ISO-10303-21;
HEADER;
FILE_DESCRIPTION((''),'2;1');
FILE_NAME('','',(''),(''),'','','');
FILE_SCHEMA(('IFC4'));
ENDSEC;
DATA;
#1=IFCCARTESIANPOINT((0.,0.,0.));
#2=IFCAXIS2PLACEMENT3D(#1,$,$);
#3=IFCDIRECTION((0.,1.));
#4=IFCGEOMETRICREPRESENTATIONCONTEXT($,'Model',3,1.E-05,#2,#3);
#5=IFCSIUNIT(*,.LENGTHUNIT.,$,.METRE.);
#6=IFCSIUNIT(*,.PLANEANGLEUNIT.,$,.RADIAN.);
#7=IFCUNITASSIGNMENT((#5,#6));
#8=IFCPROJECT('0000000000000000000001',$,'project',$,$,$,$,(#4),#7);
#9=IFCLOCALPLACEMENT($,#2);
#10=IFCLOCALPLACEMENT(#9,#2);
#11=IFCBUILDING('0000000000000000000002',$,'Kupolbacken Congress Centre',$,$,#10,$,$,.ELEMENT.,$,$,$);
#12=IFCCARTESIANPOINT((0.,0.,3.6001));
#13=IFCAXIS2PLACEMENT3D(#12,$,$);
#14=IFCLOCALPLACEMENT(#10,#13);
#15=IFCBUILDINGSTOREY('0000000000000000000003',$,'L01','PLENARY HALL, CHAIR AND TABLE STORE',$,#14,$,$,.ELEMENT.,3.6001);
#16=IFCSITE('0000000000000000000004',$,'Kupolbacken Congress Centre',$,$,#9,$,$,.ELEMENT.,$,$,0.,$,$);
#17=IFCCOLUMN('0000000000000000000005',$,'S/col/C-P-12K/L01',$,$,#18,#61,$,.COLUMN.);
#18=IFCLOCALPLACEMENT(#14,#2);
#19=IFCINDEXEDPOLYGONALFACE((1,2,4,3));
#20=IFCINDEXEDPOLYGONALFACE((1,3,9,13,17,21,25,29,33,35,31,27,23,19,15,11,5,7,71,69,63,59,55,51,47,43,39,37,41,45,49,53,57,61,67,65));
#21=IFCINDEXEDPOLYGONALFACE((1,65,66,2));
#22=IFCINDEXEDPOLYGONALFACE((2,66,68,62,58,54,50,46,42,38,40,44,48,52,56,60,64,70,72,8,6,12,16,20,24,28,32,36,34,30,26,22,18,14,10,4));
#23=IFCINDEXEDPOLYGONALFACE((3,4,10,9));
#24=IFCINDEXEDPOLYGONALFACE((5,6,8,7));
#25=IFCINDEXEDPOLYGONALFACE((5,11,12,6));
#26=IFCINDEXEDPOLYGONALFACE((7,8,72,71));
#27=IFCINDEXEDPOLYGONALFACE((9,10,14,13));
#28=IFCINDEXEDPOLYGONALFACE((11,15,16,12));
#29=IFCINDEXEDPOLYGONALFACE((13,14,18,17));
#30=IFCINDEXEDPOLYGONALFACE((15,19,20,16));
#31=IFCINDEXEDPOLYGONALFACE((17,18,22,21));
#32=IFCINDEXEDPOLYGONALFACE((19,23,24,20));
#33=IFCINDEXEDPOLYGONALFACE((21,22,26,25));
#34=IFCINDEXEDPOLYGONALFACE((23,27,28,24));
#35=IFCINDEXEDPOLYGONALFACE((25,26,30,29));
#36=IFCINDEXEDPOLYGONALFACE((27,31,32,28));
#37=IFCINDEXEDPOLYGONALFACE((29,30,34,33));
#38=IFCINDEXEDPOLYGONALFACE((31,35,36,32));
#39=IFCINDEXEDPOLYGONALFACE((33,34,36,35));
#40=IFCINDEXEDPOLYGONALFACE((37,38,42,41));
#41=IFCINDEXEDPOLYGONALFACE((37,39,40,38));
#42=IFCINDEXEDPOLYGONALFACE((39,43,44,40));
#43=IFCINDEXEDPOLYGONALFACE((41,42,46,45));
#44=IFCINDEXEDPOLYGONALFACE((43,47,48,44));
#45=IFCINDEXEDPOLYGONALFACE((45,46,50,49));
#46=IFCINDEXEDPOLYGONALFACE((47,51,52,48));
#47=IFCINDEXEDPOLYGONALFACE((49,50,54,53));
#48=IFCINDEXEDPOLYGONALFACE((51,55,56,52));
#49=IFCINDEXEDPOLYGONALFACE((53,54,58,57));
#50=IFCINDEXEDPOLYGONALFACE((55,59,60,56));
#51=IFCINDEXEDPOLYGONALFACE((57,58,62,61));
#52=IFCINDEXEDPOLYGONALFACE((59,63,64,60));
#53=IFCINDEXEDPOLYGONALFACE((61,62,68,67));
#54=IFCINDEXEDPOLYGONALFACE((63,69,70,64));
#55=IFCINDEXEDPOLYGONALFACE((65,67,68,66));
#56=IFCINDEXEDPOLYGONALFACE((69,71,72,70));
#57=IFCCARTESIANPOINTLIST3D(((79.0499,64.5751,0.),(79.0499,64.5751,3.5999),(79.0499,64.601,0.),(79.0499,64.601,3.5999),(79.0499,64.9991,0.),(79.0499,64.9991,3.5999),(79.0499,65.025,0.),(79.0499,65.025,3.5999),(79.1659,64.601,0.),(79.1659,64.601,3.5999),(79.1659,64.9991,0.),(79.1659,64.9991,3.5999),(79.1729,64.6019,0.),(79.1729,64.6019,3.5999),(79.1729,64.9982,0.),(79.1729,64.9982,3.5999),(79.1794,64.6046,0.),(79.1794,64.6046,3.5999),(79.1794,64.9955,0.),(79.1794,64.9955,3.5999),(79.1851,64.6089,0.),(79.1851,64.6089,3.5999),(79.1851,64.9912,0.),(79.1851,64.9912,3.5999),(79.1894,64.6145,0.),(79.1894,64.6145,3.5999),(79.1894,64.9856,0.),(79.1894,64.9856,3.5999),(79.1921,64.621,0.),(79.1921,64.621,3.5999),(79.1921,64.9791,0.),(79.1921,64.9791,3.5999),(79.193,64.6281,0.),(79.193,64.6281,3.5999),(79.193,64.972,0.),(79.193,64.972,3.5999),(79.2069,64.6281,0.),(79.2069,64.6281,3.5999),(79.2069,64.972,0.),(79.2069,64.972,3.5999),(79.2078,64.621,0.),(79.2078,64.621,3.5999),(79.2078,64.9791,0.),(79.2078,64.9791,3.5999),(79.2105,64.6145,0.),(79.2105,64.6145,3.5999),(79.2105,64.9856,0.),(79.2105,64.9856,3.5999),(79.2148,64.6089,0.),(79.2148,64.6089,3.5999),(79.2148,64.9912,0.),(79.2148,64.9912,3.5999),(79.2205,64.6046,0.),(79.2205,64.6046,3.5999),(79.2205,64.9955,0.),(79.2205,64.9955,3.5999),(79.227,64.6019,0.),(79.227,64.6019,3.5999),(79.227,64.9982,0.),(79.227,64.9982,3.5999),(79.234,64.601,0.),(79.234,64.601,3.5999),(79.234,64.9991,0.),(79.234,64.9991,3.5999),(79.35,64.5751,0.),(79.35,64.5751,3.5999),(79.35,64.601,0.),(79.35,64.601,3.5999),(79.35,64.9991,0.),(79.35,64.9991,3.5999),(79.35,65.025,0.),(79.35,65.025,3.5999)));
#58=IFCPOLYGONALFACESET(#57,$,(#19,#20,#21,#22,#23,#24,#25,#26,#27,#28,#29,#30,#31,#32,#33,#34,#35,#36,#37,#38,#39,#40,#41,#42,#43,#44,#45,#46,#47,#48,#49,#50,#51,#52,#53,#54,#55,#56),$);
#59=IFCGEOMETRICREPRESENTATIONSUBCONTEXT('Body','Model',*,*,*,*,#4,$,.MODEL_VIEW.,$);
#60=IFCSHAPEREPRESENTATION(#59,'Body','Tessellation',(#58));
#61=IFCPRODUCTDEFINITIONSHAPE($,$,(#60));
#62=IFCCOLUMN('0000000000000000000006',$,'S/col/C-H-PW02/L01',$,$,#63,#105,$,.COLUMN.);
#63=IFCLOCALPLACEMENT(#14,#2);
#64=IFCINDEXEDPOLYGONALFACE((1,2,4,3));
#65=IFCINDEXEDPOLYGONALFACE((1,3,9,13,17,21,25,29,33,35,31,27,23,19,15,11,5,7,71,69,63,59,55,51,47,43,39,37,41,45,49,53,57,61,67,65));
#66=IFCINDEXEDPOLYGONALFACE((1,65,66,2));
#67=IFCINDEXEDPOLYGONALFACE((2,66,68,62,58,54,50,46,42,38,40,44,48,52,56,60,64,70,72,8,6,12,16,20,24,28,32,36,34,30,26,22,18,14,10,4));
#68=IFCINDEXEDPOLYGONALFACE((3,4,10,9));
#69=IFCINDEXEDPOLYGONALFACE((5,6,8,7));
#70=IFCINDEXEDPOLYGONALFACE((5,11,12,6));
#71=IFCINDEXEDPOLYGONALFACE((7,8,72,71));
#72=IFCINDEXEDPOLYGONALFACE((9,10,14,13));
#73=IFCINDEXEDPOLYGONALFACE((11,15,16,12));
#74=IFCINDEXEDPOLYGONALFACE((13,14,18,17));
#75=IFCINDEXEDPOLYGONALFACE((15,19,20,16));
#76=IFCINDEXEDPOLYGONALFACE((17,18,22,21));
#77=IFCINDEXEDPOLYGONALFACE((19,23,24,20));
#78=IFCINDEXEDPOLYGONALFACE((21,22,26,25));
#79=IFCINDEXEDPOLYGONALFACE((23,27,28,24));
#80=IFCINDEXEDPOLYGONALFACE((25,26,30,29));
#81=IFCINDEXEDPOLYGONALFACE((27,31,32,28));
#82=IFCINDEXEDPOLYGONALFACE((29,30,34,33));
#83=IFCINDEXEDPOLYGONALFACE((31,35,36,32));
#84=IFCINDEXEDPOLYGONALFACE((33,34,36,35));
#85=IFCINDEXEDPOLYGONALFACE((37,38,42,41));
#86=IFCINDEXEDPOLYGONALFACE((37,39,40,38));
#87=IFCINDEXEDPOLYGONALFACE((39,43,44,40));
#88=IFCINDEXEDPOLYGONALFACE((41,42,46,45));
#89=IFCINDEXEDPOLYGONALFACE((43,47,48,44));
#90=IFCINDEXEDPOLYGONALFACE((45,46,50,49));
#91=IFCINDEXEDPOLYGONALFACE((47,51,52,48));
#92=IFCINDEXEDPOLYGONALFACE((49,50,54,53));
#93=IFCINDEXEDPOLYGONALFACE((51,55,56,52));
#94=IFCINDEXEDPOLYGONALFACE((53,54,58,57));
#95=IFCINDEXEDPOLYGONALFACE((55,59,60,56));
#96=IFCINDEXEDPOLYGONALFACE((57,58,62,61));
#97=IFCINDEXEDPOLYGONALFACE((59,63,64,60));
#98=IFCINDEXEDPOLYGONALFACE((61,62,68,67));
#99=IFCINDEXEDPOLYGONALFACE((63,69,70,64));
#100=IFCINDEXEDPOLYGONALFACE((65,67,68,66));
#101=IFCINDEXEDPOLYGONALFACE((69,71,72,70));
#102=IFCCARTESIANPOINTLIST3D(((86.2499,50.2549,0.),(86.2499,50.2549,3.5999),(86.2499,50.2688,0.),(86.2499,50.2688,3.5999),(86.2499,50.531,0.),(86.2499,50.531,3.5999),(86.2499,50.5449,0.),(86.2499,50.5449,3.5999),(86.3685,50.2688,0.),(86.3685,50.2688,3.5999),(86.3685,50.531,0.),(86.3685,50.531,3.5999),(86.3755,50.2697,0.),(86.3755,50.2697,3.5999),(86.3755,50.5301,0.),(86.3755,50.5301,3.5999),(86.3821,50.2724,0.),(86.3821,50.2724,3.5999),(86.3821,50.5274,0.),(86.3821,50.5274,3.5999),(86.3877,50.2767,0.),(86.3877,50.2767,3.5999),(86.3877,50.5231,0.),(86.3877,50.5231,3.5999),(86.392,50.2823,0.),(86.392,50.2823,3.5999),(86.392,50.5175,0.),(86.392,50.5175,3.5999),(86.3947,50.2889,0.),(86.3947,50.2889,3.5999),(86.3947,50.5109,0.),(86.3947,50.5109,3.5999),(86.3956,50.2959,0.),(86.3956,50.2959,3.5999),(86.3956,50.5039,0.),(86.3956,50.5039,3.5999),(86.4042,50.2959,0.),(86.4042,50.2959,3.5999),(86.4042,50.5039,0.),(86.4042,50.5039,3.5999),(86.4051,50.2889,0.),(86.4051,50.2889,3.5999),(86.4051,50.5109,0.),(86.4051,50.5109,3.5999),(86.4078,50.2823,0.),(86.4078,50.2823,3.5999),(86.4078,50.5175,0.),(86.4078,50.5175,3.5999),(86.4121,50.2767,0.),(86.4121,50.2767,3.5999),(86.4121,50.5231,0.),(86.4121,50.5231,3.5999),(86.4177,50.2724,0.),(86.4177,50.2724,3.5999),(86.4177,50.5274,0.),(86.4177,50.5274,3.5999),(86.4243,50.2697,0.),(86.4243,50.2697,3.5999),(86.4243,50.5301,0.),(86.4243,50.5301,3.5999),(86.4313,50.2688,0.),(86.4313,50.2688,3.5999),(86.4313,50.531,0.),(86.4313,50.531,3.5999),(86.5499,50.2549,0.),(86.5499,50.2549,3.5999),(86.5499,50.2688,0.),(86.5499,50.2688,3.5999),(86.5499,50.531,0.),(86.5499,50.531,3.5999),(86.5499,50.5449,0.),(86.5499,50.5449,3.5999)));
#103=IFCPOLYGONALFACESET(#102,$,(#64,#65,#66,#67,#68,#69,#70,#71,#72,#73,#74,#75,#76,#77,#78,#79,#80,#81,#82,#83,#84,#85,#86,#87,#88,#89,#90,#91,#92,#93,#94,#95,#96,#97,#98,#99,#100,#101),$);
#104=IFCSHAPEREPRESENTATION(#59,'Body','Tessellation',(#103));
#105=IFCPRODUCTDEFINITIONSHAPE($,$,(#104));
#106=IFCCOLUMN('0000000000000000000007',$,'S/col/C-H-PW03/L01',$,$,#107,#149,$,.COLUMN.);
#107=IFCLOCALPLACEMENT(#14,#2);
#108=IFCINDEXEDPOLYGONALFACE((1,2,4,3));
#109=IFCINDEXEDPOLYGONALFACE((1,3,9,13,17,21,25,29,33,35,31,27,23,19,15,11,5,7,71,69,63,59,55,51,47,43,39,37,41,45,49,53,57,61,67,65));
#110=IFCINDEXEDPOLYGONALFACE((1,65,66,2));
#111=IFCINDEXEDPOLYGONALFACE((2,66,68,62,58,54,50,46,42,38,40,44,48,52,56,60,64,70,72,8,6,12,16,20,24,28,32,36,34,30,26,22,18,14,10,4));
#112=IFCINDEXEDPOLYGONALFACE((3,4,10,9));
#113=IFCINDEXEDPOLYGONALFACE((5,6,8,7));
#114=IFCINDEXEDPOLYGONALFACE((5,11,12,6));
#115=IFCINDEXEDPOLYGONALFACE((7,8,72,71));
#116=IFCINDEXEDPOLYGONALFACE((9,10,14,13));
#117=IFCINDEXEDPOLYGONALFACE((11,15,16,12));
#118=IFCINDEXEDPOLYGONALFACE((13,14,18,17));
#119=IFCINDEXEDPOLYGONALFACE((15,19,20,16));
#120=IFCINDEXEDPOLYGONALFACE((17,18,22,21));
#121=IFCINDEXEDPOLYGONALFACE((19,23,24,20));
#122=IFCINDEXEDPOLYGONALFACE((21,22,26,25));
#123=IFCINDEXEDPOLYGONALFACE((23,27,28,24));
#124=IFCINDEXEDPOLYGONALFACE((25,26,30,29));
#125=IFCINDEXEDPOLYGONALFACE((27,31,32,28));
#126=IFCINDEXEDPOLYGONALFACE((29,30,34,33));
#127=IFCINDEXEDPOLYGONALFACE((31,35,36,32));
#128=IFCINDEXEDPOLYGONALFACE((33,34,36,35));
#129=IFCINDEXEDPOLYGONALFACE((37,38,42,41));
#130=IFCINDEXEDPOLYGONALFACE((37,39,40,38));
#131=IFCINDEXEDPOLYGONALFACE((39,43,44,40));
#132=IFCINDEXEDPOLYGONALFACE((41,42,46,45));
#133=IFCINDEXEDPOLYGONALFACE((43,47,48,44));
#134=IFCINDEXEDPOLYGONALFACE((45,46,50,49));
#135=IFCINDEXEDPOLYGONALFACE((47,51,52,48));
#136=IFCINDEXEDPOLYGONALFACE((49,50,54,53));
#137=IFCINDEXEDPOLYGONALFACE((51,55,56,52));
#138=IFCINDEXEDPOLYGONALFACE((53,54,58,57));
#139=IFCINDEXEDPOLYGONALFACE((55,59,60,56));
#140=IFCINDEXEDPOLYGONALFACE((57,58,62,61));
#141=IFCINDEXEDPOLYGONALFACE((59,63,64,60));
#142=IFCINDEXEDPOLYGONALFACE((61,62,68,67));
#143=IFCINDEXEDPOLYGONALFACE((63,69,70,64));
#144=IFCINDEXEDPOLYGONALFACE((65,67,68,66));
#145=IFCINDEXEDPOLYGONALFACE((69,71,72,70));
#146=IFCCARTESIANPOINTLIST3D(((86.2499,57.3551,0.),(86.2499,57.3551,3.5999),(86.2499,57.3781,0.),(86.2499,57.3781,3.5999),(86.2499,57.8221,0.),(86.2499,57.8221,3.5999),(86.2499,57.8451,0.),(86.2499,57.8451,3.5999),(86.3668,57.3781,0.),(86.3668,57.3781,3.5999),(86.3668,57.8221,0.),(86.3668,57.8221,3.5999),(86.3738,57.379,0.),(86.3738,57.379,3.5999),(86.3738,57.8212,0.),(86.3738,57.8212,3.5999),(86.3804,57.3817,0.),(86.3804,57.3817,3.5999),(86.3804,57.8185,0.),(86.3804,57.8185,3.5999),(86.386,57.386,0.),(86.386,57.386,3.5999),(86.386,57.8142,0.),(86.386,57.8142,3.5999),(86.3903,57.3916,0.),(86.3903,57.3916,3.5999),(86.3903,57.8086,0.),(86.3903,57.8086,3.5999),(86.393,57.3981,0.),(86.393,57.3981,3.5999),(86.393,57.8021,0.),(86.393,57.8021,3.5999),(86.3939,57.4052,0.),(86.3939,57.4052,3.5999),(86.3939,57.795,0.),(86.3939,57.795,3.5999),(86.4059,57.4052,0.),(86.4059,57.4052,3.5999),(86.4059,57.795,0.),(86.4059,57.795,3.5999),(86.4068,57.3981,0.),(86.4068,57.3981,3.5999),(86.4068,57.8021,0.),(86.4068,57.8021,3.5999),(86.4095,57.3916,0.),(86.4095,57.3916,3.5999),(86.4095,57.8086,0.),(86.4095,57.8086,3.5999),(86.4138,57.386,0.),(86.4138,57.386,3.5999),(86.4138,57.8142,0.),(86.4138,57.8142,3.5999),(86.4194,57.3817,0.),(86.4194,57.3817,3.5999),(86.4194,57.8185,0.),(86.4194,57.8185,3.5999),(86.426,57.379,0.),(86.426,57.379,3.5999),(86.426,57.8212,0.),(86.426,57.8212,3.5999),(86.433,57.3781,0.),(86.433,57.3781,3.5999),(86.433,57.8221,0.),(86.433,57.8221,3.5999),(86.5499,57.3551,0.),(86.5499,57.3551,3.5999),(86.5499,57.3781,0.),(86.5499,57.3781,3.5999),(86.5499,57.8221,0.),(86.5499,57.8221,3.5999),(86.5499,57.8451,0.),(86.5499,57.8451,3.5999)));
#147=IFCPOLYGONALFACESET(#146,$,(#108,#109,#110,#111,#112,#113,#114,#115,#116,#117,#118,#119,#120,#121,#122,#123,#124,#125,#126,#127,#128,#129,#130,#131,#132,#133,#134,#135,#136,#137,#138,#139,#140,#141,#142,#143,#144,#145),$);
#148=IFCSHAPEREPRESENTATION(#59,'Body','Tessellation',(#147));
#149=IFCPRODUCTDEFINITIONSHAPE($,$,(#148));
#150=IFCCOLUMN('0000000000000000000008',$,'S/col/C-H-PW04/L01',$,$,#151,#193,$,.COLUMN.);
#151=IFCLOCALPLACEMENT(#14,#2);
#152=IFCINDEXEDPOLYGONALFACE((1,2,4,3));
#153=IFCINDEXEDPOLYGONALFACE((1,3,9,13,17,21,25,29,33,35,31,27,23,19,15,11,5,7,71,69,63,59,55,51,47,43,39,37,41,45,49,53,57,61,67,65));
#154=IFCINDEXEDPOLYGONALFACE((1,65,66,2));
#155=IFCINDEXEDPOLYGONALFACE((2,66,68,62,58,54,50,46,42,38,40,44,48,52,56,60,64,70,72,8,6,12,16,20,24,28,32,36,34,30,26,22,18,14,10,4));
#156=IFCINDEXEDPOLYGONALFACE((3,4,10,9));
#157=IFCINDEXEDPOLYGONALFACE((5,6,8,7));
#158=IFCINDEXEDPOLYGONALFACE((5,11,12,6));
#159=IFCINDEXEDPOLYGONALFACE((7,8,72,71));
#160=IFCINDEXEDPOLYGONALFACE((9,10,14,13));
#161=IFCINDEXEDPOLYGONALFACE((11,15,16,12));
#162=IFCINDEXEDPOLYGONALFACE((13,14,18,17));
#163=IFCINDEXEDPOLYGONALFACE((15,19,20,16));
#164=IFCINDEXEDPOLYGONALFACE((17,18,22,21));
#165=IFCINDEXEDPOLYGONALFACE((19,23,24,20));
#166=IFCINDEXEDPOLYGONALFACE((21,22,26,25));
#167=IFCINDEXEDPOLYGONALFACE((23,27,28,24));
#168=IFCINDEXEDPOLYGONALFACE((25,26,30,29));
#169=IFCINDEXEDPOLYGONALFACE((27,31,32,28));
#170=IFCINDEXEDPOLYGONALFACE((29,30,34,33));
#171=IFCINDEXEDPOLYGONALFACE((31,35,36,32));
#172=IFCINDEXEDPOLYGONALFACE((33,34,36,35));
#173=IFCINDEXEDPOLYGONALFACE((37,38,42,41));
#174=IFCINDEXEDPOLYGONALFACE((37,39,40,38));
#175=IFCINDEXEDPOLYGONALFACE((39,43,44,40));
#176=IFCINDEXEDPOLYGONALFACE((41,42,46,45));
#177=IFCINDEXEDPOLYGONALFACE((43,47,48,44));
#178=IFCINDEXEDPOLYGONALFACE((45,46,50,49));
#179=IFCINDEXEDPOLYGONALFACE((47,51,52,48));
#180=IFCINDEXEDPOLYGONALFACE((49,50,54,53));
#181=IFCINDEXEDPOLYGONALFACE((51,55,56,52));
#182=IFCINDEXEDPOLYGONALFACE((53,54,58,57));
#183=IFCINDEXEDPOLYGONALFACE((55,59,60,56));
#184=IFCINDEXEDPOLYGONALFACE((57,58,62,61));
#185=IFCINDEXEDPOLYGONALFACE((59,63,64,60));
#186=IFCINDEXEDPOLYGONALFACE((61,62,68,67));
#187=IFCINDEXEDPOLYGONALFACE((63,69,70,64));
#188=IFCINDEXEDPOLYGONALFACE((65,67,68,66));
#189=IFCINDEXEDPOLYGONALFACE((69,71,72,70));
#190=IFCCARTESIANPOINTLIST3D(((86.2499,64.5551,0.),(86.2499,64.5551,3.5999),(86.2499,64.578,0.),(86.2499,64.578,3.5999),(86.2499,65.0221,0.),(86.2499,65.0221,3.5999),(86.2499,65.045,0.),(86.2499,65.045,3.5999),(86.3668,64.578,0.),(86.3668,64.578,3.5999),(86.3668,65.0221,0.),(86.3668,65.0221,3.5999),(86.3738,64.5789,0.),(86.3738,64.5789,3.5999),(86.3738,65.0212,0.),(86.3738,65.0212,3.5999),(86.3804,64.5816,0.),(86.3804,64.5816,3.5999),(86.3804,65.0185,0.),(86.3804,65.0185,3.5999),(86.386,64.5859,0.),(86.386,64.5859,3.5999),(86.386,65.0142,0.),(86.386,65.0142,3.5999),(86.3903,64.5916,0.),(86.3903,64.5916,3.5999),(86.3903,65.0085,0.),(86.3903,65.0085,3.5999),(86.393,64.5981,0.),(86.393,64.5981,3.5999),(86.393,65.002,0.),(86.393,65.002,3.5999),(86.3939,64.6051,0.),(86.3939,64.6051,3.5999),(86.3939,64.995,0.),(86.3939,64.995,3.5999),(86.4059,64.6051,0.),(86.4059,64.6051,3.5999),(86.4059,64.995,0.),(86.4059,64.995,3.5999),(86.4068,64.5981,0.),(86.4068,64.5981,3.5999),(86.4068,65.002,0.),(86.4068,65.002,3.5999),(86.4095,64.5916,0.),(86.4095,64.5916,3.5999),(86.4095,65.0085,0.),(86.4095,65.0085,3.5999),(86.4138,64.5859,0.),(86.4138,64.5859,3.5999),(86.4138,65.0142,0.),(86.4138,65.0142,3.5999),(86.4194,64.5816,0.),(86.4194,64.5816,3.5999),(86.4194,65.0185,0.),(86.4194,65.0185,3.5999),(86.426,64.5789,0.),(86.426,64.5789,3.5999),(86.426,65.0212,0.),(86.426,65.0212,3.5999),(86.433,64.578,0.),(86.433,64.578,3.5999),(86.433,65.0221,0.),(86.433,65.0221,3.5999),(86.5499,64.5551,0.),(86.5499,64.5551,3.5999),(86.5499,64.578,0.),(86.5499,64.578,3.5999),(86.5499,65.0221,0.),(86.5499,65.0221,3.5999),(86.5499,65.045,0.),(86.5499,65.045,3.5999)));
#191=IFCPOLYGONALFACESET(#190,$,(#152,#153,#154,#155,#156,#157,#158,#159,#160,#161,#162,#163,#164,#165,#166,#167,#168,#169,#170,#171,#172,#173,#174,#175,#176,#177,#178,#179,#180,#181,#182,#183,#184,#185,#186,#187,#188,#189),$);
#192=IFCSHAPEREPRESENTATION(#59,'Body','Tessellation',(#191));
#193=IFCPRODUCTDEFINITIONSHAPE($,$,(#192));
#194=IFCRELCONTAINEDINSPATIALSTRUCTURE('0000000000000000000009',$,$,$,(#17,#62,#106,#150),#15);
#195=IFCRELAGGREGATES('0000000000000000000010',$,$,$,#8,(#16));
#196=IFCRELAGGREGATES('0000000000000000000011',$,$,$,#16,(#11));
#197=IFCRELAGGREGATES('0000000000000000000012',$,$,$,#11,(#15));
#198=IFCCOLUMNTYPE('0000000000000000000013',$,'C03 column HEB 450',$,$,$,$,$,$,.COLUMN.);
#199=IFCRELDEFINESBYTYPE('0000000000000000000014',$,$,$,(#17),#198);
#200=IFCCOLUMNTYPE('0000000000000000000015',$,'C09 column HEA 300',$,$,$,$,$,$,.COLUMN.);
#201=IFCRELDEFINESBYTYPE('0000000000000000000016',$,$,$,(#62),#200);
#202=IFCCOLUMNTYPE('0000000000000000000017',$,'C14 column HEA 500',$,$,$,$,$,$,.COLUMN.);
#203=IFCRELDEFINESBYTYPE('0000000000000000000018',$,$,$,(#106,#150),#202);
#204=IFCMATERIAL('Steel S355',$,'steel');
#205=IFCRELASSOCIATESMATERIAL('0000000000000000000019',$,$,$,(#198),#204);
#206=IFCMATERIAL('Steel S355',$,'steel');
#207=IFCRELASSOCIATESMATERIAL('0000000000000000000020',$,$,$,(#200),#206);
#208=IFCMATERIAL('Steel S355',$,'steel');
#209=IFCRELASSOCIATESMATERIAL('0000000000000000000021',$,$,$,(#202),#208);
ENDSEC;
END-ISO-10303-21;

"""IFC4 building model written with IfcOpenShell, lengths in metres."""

from ifc_helpers import new_model, si_unit, direction, frame, origin, origin_2d, place, context, subcontext, project, spatial, i_section, extrude, material, material_profile, profile_set, type_object, element, save


model = new_model("IFC4")

# Units and contexts
model_context = context("Model", 3, precision=1e-05, world=origin(), true_north=direction((0.0, 1.0)))
body_context = subcontext(model_context, "Body", "Model", "MODEL_VIEW")
ifc_project = project(units=[si_unit("LENGTHUNIT", "METRE"), si_unit("PLANEANGLEUNIT", "RADIAN")], contexts=[model_context])

# Site, building, storey
site_placement = place(None, origin())
site = spatial("IfcSite", under=ifc_project, at=site_placement, Name="Kupolbacken Congress Centre", CompositionType="ELEMENT", RefElevation=0.0)
building_placement = place(site_placement, origin())
building = spatial("IfcBuilding", under=site, at=building_placement, Name="Kupolbacken Congress Centre", CompositionType="ELEMENT")
storey_placement = place(building_placement, frame((0.0, 0.0, 3.6001)))
storey = spatial("IfcBuildingStorey", under=building, at=storey_placement, Name="L01", Description="PLENARY HALL, CHAIR AND TABLE STORE", CompositionType="ELEMENT", Elevation=3.6001)

# Columns
ifc_material_1 = material(Name="Steel S355", Category="steel")
ifc_material_profile_1 = material_profile(ifc_material_1, i_section(OverallWidth=0.3, OverallDepth=0.45, WebThickness=0.0139, FlangeThickness=0.0259, FilletRadius=0.0271, at=origin_2d()), Name="HEB 450")
ifc_profile_set_1 = profile_set([ifc_material_profile_1], Name="Steel S355")
column_type_1 = type_object("IfcColumnType", Name="C03 column HEB 450", PredefinedType="COLUMN", material=ifc_profile_set_1)
column_1_placement = place(storey_placement, frame((79.2, 64.8, 0.0), z_axis=(0.0, 0.0, 1.0), x_axis=(1.0, 0.0, 0.0)))
element("IfcColumn", 1, at=column_1_placement, inside=storey, type_object=column_type_1, Name="S/col/C-P-12K/L01", PredefinedType="COLUMN", context=body_context, shape_type="SweptSolid", body=[
    extrude(i_section(OverallWidth=0.3, OverallDepth=0.45, WebThickness=0.0139, FlangeThickness=0.0259, FilletRadius=0.0271, at=origin_2d()), origin(), (0.0, 0.0, 1.0), 3.5999),
])
ifc_material_2 = material(Name="Steel S355", Category="steel")
ifc_material_profile_2 = material_profile(ifc_material_2, i_section(OverallWidth=0.3, OverallDepth=0.29, WebThickness=0.0085, FlangeThickness=0.0139, FilletRadius=0.0271, at=origin_2d()), Name="HEA 300")
ifc_profile_set_2 = profile_set([ifc_material_profile_2], Name="Steel S355")
column_type_2 = type_object("IfcColumnType", Name="C09 column HEA 300", PredefinedType="COLUMN", material=ifc_profile_set_2)
column_2_placement = place(storey_placement, frame((86.3999, 50.3999, 0.0), z_axis=(0.0, 0.0, 1.0), x_axis=(1.0, 0.0, 0.0)))
element("IfcColumn", 2, at=column_2_placement, inside=storey, type_object=column_type_2, Name="S/col/C-H-PW02/L01", PredefinedType="COLUMN", context=body_context, shape_type="SweptSolid", body=[
    extrude(i_section(OverallWidth=0.3, OverallDepth=0.29, WebThickness=0.0085, FlangeThickness=0.0139, FilletRadius=0.0271, at=origin_2d()), origin(), (0.0, 0.0, 1.0), 3.5999),
])
ifc_material_3 = material(Name="Steel S355", Category="steel")
ifc_material_profile_3 = material_profile(ifc_material_3, i_section(OverallWidth=0.3, OverallDepth=0.49, WebThickness=0.012, FlangeThickness=0.0229, FilletRadius=0.0271, at=origin_2d()), Name="HEA 500")
ifc_profile_set_3 = profile_set([ifc_material_profile_3], Name="Steel S355")
column_type_3 = type_object("IfcColumnType", Name="C14 column HEA 500", PredefinedType="COLUMN", material=ifc_profile_set_3)
for number, where, z_axis, x_axis, name in (
    (3, (86.3999, 57.6001, 0.0), (0.0, 0.0, 1.0), (1.0, 0.0, 0.0), "S/col/C-H-PW03/L01"),
    (4, (86.3999, 64.8, 0.0), (0.0, 0.0, 1.0), (1.0, 0.0, 0.0), "S/col/C-H-PW04/L01"),
):
    element("IfcColumn", number, at=place(storey_placement, frame(where, z_axis=z_axis, x_axis=x_axis)), inside=storey, type_object=column_type_3, Name=name, PredefinedType="COLUMN", context=body_context, shape_type="SweptSolid", body=[
        extrude(i_section(OverallWidth=0.3, OverallDepth=0.49, WebThickness=0.012, FlangeThickness=0.0229, FilletRadius=0.0271, at=origin_2d()), origin(), (0.0, 0.0, 1.0), 3.5999),
    ])

save(model, "model.ifc")
